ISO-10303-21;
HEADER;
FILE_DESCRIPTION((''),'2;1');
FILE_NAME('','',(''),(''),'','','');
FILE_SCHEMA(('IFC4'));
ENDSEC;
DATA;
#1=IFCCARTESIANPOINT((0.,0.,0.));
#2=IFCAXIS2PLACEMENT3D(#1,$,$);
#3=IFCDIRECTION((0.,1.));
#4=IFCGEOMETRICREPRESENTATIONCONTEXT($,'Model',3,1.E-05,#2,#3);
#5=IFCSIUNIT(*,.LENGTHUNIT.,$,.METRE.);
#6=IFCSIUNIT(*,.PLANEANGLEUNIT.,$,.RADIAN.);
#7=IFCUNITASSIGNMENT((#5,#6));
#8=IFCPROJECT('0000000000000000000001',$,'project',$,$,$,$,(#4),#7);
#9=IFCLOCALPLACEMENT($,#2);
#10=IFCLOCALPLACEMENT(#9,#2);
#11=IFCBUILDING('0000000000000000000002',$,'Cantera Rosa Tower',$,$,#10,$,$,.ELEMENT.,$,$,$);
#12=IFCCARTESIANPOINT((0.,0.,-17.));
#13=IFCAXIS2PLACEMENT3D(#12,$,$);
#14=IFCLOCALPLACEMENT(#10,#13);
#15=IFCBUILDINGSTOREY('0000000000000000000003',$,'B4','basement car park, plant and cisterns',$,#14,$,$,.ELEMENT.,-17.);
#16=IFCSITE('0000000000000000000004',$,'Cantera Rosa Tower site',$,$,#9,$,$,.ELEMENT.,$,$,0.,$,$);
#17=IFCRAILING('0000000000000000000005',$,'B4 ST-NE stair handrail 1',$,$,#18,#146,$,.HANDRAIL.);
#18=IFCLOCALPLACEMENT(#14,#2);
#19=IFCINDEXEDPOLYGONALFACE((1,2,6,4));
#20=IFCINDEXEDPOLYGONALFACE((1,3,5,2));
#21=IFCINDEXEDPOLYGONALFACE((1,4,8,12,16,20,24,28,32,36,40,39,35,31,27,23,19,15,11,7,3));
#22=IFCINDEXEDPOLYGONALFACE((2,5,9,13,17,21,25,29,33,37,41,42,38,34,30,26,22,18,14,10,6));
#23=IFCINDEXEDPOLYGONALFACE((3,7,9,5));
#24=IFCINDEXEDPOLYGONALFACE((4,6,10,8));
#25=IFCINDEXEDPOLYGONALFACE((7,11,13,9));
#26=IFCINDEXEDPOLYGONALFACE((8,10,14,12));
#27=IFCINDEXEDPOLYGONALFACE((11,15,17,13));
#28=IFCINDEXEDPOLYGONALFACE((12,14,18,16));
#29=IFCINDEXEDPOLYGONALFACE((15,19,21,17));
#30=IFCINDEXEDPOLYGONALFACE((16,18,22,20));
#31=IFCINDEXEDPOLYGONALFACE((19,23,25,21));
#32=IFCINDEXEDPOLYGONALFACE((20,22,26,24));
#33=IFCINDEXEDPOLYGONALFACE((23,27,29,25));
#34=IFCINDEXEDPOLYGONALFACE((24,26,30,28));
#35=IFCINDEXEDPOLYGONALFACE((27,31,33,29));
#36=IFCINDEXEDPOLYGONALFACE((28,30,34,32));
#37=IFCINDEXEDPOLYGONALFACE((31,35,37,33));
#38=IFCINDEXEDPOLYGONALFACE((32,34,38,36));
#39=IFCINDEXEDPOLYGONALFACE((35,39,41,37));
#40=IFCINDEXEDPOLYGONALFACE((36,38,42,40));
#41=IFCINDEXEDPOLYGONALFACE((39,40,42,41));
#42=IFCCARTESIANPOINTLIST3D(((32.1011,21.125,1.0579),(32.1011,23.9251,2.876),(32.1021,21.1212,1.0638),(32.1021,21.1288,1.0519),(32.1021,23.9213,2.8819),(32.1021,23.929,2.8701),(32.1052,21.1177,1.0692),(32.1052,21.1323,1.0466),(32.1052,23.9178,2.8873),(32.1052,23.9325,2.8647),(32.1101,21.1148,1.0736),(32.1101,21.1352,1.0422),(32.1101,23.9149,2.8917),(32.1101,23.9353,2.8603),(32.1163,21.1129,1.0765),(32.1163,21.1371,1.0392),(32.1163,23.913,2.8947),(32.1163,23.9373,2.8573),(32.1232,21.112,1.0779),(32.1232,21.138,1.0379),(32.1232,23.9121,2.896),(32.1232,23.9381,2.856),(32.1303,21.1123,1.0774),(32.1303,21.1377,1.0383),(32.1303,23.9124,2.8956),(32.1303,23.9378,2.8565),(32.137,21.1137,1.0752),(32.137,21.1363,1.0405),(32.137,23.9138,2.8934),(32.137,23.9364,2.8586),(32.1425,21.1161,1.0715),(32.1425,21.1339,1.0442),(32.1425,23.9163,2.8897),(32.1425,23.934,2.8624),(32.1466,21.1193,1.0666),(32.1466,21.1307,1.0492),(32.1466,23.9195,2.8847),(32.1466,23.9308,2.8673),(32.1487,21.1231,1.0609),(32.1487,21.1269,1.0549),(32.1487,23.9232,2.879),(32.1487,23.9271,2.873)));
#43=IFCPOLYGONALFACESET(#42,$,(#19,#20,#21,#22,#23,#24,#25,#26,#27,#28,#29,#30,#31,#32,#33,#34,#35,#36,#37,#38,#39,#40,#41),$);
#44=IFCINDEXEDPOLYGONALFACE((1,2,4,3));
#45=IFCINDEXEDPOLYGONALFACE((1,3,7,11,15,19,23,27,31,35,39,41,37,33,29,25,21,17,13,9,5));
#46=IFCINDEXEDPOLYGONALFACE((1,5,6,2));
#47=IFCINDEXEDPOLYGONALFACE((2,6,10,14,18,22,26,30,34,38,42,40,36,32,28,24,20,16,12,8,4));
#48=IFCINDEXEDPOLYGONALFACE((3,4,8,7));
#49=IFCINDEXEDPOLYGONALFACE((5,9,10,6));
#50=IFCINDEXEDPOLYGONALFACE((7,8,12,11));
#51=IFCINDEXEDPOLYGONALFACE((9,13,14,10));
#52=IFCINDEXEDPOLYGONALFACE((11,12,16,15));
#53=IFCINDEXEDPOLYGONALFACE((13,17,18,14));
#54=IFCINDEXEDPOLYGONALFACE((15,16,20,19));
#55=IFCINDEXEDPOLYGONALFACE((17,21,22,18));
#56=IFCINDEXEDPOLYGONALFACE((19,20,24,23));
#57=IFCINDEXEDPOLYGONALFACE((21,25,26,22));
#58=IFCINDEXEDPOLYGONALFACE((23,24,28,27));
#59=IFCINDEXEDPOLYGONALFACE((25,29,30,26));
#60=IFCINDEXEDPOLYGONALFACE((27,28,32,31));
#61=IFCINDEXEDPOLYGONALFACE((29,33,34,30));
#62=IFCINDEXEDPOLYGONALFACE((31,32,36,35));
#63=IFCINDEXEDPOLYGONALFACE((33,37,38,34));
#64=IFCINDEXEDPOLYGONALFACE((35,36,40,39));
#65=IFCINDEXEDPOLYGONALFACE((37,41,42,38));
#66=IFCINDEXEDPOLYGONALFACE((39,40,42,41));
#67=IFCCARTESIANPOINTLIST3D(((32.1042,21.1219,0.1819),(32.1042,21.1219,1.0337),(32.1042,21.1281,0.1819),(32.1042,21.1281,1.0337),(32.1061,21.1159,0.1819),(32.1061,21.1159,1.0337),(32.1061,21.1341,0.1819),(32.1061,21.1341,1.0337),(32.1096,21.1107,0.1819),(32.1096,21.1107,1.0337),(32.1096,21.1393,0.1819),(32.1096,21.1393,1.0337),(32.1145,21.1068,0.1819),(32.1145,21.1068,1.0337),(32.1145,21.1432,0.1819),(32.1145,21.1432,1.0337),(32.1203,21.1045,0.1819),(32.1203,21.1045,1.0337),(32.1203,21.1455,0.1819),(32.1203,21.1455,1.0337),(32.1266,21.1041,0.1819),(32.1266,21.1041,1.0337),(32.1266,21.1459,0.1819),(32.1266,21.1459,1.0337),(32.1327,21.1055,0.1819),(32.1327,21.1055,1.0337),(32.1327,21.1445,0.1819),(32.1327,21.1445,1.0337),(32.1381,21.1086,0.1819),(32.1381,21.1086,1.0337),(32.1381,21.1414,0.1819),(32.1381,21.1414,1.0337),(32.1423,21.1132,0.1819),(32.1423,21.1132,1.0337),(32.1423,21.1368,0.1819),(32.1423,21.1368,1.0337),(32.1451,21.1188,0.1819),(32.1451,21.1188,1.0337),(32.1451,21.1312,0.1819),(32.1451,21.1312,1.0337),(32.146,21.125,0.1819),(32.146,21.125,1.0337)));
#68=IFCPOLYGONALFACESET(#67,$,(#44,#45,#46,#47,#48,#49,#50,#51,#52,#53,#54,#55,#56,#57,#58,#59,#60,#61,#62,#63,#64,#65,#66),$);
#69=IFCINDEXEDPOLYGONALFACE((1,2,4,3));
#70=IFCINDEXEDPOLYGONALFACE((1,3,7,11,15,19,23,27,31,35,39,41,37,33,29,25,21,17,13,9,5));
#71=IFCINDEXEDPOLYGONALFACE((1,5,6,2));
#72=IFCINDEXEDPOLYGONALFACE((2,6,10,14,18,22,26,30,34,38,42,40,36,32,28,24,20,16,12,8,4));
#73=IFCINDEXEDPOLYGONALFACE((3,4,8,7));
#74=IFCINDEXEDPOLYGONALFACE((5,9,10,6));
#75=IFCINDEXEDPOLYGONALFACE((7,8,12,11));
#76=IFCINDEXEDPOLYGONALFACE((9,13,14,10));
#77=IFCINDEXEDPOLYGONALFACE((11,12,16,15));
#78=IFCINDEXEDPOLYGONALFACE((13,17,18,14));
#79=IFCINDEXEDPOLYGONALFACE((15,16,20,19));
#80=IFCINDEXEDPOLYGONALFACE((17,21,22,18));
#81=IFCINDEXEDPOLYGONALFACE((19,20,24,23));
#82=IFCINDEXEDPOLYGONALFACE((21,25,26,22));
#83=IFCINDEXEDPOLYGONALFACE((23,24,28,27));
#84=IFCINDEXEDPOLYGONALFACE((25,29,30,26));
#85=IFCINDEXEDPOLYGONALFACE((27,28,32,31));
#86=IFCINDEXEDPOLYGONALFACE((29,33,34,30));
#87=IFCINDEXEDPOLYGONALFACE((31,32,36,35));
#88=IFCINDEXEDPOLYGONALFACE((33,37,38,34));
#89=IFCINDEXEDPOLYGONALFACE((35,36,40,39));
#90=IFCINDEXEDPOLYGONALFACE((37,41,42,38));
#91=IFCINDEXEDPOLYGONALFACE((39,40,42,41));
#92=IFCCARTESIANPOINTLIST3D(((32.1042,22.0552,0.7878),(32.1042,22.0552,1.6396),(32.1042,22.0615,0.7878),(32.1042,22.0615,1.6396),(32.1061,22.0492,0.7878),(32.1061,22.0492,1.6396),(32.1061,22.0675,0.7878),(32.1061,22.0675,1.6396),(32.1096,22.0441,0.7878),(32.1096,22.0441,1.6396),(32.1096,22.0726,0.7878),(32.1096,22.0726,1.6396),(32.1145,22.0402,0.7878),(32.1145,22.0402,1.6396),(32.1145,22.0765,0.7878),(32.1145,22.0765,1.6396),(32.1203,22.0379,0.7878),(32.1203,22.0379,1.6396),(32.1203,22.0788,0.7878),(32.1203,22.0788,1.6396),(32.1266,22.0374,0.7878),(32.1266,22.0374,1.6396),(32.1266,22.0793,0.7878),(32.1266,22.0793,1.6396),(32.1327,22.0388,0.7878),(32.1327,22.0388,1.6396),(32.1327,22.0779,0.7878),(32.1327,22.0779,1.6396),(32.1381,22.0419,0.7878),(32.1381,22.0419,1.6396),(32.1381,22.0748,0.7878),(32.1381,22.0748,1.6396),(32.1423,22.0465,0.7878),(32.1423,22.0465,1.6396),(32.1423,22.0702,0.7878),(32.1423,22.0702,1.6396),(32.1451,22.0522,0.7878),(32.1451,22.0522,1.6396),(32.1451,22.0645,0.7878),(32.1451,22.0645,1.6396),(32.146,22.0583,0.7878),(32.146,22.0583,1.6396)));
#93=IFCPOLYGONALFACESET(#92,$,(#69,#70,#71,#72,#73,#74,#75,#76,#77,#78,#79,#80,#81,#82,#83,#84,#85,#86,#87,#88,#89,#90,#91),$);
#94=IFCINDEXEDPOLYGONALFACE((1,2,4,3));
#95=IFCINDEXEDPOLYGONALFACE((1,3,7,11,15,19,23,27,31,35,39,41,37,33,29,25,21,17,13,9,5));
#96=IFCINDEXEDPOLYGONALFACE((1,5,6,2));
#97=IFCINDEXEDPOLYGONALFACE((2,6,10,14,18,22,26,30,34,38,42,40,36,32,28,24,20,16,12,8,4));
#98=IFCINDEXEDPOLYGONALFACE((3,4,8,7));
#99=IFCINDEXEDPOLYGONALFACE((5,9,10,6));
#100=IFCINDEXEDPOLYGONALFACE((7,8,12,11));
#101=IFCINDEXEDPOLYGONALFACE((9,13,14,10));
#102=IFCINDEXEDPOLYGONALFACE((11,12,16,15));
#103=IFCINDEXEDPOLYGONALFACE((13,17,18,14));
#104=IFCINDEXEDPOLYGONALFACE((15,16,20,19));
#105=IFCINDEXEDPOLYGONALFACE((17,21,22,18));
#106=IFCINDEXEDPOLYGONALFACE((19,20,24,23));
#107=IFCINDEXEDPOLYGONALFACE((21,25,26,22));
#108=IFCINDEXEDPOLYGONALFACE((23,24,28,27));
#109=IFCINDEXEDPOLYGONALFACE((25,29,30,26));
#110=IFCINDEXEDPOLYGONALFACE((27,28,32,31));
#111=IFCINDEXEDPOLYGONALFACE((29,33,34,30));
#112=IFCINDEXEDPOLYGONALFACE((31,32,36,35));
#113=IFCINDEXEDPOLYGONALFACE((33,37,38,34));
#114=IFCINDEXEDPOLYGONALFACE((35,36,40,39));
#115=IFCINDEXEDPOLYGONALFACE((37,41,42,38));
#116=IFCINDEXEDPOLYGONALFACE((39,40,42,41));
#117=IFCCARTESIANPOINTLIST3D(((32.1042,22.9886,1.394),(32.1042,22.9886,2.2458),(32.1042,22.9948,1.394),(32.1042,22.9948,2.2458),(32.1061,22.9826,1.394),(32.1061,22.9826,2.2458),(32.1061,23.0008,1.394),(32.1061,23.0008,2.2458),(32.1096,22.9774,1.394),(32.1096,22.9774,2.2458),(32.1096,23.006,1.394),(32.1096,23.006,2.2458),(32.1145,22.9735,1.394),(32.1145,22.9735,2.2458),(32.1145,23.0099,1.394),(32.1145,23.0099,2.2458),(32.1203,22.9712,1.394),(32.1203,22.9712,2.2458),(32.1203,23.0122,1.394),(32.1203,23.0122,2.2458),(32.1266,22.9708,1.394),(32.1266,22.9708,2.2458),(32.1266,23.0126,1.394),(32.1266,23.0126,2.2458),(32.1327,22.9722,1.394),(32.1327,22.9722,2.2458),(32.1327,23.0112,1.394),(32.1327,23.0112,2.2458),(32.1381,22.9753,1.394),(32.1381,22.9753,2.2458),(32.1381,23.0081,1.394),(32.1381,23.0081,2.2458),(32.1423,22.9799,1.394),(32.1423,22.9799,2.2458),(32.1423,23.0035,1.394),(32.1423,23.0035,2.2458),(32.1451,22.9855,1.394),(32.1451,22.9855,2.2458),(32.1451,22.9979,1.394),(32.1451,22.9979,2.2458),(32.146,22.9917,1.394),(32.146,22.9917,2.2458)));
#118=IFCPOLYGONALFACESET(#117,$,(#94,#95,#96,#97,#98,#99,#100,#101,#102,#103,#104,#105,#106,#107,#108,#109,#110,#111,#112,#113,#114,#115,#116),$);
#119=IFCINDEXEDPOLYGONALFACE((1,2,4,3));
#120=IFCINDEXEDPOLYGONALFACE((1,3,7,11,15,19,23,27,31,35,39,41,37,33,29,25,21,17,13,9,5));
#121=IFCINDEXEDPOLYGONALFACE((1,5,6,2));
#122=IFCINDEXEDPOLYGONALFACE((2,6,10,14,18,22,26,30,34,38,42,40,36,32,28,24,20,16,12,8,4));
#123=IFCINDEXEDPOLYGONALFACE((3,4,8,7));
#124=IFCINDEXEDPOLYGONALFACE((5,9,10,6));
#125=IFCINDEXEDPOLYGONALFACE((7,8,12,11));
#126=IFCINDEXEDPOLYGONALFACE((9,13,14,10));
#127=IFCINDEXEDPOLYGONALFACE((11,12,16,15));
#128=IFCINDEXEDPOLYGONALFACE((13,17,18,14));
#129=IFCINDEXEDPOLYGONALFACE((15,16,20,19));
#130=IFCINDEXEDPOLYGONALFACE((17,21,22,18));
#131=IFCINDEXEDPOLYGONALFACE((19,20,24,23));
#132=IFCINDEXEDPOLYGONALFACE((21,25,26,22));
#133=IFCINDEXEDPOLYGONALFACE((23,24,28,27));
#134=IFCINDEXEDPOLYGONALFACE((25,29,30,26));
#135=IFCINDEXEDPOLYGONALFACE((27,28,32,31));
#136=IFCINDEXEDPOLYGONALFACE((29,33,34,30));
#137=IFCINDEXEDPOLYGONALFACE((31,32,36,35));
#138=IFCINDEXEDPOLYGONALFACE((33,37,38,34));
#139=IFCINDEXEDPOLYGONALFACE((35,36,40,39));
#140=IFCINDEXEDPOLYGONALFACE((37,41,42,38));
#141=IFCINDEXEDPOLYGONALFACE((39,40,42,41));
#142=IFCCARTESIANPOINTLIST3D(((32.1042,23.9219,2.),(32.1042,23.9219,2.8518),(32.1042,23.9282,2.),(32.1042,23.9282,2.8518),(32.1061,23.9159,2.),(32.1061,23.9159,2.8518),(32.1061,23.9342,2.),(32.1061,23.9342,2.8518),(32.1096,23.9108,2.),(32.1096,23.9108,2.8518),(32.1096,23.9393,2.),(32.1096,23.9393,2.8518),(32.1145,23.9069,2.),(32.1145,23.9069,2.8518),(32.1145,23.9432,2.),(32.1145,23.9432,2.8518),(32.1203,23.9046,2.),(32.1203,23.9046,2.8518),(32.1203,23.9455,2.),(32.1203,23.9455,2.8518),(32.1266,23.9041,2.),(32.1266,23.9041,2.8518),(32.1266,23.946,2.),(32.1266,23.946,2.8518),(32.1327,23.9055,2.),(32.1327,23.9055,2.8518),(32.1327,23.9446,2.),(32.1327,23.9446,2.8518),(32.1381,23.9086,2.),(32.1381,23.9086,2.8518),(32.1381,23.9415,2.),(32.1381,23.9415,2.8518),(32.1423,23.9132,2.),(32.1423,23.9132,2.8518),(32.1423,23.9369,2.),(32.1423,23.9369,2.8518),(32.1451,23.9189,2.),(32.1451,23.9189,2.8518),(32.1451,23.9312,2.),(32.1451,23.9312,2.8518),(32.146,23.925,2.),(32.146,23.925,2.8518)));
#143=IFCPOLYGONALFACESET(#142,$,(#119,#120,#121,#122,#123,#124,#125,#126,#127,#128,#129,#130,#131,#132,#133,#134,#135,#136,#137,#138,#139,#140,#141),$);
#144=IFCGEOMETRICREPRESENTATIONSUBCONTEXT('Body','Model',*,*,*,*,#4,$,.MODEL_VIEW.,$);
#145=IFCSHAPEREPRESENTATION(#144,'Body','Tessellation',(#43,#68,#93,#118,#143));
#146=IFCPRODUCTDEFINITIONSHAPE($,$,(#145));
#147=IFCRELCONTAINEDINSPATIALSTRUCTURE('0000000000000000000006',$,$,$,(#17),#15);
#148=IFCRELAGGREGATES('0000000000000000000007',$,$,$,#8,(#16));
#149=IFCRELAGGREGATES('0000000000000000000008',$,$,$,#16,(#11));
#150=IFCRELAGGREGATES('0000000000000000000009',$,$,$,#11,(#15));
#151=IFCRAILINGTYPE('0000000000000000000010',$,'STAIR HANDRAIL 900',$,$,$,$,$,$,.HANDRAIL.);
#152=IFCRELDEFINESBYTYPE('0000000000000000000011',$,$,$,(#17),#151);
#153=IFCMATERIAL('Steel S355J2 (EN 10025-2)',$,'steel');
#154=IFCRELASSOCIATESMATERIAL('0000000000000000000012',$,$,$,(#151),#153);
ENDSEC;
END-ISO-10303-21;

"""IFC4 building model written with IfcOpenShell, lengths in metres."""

from ifc_helpers import new_model, si_unit, direction, frame, origin, origin_2d, place, context, subcontext, project, spatial, circle, extrude, material, type_object, element, save


model = new_model("IFC4")

# Units and contexts
model_context = context("Model", 3, precision=1e-05, world=origin(), true_north=direction((0.0, 1.0)))
body_context = subcontext(model_context, "Body", "Model", "MODEL_VIEW")
ifc_project = project(units=[si_unit("LENGTHUNIT", "METRE"), si_unit("PLANEANGLEUNIT", "RADIAN")], contexts=[model_context])

# Site, building, storey
site_placement = place(None, origin())
site = spatial("IfcSite", under=ifc_project, at=site_placement, Name="Cantera Rosa Tower site", CompositionType="ELEMENT", RefElevation=0.0)
building_placement = place(site_placement, origin())
building = spatial("IfcBuilding", under=site, at=building_placement, Name="Cantera Rosa Tower", CompositionType="ELEMENT")
storey_placement = place(building_placement, frame((0.0, 0.0, -17.0)))
storey = spatial("IfcBuildingStorey", under=building, at=storey_placement, Name="B4", Description="basement car park, plant and cisterns", CompositionType="ELEMENT", Elevation=-17.0)

# Railing
ifc_material_1 = material(Name="Steel S355J2 (EN 10025-2)", Category="steel")
railing_type_1 = type_object("IfcRailingType", Name="STAIR HANDRAIL 900", PredefinedType="HANDRAIL", material=ifc_material_1)
railing_1_placement = place(storey_placement, frame((32.125, 21.125, 0.1819)))
element("IfcRailing", 1, at=railing_1_placement, inside=storey, type_object=railing_type_1, Name="B4 ST-NE stair handrail 1", PredefinedType="HANDRAIL", context=body_context, shape_type="SweptSolid", body=[
    extrude(circle(Radius=0.0239, at=origin_2d()), frame((0.0, 0.0, 0.876), z_axis=(0.0, 0.838706, 0.544585), x_axis=(-1.0, 0.0, 0.0)), (0.0, 0.0, 1.0), 3.3386),
    extrude(circle(Radius=0.021, at=origin_2d()), origin(), (0.0, 0.0, 1.0), 0.8518),
    extrude(circle(Radius=0.021, at=origin_2d()), frame((0.0, 0.9333, 0.606)), (0.0, 0.0, 1.0), 0.8518),
    extrude(circle(Radius=0.021, at=origin_2d()), frame((0.0, 1.8667, 1.2122)), (0.0, 0.0, 1.0), 0.8518),
    extrude(circle(Radius=0.021, at=origin_2d()), frame((0.0, 2.8, 1.8181)), (0.0, 0.0, 1.0), 0.8518),
])

save(model, "model.ifc")
